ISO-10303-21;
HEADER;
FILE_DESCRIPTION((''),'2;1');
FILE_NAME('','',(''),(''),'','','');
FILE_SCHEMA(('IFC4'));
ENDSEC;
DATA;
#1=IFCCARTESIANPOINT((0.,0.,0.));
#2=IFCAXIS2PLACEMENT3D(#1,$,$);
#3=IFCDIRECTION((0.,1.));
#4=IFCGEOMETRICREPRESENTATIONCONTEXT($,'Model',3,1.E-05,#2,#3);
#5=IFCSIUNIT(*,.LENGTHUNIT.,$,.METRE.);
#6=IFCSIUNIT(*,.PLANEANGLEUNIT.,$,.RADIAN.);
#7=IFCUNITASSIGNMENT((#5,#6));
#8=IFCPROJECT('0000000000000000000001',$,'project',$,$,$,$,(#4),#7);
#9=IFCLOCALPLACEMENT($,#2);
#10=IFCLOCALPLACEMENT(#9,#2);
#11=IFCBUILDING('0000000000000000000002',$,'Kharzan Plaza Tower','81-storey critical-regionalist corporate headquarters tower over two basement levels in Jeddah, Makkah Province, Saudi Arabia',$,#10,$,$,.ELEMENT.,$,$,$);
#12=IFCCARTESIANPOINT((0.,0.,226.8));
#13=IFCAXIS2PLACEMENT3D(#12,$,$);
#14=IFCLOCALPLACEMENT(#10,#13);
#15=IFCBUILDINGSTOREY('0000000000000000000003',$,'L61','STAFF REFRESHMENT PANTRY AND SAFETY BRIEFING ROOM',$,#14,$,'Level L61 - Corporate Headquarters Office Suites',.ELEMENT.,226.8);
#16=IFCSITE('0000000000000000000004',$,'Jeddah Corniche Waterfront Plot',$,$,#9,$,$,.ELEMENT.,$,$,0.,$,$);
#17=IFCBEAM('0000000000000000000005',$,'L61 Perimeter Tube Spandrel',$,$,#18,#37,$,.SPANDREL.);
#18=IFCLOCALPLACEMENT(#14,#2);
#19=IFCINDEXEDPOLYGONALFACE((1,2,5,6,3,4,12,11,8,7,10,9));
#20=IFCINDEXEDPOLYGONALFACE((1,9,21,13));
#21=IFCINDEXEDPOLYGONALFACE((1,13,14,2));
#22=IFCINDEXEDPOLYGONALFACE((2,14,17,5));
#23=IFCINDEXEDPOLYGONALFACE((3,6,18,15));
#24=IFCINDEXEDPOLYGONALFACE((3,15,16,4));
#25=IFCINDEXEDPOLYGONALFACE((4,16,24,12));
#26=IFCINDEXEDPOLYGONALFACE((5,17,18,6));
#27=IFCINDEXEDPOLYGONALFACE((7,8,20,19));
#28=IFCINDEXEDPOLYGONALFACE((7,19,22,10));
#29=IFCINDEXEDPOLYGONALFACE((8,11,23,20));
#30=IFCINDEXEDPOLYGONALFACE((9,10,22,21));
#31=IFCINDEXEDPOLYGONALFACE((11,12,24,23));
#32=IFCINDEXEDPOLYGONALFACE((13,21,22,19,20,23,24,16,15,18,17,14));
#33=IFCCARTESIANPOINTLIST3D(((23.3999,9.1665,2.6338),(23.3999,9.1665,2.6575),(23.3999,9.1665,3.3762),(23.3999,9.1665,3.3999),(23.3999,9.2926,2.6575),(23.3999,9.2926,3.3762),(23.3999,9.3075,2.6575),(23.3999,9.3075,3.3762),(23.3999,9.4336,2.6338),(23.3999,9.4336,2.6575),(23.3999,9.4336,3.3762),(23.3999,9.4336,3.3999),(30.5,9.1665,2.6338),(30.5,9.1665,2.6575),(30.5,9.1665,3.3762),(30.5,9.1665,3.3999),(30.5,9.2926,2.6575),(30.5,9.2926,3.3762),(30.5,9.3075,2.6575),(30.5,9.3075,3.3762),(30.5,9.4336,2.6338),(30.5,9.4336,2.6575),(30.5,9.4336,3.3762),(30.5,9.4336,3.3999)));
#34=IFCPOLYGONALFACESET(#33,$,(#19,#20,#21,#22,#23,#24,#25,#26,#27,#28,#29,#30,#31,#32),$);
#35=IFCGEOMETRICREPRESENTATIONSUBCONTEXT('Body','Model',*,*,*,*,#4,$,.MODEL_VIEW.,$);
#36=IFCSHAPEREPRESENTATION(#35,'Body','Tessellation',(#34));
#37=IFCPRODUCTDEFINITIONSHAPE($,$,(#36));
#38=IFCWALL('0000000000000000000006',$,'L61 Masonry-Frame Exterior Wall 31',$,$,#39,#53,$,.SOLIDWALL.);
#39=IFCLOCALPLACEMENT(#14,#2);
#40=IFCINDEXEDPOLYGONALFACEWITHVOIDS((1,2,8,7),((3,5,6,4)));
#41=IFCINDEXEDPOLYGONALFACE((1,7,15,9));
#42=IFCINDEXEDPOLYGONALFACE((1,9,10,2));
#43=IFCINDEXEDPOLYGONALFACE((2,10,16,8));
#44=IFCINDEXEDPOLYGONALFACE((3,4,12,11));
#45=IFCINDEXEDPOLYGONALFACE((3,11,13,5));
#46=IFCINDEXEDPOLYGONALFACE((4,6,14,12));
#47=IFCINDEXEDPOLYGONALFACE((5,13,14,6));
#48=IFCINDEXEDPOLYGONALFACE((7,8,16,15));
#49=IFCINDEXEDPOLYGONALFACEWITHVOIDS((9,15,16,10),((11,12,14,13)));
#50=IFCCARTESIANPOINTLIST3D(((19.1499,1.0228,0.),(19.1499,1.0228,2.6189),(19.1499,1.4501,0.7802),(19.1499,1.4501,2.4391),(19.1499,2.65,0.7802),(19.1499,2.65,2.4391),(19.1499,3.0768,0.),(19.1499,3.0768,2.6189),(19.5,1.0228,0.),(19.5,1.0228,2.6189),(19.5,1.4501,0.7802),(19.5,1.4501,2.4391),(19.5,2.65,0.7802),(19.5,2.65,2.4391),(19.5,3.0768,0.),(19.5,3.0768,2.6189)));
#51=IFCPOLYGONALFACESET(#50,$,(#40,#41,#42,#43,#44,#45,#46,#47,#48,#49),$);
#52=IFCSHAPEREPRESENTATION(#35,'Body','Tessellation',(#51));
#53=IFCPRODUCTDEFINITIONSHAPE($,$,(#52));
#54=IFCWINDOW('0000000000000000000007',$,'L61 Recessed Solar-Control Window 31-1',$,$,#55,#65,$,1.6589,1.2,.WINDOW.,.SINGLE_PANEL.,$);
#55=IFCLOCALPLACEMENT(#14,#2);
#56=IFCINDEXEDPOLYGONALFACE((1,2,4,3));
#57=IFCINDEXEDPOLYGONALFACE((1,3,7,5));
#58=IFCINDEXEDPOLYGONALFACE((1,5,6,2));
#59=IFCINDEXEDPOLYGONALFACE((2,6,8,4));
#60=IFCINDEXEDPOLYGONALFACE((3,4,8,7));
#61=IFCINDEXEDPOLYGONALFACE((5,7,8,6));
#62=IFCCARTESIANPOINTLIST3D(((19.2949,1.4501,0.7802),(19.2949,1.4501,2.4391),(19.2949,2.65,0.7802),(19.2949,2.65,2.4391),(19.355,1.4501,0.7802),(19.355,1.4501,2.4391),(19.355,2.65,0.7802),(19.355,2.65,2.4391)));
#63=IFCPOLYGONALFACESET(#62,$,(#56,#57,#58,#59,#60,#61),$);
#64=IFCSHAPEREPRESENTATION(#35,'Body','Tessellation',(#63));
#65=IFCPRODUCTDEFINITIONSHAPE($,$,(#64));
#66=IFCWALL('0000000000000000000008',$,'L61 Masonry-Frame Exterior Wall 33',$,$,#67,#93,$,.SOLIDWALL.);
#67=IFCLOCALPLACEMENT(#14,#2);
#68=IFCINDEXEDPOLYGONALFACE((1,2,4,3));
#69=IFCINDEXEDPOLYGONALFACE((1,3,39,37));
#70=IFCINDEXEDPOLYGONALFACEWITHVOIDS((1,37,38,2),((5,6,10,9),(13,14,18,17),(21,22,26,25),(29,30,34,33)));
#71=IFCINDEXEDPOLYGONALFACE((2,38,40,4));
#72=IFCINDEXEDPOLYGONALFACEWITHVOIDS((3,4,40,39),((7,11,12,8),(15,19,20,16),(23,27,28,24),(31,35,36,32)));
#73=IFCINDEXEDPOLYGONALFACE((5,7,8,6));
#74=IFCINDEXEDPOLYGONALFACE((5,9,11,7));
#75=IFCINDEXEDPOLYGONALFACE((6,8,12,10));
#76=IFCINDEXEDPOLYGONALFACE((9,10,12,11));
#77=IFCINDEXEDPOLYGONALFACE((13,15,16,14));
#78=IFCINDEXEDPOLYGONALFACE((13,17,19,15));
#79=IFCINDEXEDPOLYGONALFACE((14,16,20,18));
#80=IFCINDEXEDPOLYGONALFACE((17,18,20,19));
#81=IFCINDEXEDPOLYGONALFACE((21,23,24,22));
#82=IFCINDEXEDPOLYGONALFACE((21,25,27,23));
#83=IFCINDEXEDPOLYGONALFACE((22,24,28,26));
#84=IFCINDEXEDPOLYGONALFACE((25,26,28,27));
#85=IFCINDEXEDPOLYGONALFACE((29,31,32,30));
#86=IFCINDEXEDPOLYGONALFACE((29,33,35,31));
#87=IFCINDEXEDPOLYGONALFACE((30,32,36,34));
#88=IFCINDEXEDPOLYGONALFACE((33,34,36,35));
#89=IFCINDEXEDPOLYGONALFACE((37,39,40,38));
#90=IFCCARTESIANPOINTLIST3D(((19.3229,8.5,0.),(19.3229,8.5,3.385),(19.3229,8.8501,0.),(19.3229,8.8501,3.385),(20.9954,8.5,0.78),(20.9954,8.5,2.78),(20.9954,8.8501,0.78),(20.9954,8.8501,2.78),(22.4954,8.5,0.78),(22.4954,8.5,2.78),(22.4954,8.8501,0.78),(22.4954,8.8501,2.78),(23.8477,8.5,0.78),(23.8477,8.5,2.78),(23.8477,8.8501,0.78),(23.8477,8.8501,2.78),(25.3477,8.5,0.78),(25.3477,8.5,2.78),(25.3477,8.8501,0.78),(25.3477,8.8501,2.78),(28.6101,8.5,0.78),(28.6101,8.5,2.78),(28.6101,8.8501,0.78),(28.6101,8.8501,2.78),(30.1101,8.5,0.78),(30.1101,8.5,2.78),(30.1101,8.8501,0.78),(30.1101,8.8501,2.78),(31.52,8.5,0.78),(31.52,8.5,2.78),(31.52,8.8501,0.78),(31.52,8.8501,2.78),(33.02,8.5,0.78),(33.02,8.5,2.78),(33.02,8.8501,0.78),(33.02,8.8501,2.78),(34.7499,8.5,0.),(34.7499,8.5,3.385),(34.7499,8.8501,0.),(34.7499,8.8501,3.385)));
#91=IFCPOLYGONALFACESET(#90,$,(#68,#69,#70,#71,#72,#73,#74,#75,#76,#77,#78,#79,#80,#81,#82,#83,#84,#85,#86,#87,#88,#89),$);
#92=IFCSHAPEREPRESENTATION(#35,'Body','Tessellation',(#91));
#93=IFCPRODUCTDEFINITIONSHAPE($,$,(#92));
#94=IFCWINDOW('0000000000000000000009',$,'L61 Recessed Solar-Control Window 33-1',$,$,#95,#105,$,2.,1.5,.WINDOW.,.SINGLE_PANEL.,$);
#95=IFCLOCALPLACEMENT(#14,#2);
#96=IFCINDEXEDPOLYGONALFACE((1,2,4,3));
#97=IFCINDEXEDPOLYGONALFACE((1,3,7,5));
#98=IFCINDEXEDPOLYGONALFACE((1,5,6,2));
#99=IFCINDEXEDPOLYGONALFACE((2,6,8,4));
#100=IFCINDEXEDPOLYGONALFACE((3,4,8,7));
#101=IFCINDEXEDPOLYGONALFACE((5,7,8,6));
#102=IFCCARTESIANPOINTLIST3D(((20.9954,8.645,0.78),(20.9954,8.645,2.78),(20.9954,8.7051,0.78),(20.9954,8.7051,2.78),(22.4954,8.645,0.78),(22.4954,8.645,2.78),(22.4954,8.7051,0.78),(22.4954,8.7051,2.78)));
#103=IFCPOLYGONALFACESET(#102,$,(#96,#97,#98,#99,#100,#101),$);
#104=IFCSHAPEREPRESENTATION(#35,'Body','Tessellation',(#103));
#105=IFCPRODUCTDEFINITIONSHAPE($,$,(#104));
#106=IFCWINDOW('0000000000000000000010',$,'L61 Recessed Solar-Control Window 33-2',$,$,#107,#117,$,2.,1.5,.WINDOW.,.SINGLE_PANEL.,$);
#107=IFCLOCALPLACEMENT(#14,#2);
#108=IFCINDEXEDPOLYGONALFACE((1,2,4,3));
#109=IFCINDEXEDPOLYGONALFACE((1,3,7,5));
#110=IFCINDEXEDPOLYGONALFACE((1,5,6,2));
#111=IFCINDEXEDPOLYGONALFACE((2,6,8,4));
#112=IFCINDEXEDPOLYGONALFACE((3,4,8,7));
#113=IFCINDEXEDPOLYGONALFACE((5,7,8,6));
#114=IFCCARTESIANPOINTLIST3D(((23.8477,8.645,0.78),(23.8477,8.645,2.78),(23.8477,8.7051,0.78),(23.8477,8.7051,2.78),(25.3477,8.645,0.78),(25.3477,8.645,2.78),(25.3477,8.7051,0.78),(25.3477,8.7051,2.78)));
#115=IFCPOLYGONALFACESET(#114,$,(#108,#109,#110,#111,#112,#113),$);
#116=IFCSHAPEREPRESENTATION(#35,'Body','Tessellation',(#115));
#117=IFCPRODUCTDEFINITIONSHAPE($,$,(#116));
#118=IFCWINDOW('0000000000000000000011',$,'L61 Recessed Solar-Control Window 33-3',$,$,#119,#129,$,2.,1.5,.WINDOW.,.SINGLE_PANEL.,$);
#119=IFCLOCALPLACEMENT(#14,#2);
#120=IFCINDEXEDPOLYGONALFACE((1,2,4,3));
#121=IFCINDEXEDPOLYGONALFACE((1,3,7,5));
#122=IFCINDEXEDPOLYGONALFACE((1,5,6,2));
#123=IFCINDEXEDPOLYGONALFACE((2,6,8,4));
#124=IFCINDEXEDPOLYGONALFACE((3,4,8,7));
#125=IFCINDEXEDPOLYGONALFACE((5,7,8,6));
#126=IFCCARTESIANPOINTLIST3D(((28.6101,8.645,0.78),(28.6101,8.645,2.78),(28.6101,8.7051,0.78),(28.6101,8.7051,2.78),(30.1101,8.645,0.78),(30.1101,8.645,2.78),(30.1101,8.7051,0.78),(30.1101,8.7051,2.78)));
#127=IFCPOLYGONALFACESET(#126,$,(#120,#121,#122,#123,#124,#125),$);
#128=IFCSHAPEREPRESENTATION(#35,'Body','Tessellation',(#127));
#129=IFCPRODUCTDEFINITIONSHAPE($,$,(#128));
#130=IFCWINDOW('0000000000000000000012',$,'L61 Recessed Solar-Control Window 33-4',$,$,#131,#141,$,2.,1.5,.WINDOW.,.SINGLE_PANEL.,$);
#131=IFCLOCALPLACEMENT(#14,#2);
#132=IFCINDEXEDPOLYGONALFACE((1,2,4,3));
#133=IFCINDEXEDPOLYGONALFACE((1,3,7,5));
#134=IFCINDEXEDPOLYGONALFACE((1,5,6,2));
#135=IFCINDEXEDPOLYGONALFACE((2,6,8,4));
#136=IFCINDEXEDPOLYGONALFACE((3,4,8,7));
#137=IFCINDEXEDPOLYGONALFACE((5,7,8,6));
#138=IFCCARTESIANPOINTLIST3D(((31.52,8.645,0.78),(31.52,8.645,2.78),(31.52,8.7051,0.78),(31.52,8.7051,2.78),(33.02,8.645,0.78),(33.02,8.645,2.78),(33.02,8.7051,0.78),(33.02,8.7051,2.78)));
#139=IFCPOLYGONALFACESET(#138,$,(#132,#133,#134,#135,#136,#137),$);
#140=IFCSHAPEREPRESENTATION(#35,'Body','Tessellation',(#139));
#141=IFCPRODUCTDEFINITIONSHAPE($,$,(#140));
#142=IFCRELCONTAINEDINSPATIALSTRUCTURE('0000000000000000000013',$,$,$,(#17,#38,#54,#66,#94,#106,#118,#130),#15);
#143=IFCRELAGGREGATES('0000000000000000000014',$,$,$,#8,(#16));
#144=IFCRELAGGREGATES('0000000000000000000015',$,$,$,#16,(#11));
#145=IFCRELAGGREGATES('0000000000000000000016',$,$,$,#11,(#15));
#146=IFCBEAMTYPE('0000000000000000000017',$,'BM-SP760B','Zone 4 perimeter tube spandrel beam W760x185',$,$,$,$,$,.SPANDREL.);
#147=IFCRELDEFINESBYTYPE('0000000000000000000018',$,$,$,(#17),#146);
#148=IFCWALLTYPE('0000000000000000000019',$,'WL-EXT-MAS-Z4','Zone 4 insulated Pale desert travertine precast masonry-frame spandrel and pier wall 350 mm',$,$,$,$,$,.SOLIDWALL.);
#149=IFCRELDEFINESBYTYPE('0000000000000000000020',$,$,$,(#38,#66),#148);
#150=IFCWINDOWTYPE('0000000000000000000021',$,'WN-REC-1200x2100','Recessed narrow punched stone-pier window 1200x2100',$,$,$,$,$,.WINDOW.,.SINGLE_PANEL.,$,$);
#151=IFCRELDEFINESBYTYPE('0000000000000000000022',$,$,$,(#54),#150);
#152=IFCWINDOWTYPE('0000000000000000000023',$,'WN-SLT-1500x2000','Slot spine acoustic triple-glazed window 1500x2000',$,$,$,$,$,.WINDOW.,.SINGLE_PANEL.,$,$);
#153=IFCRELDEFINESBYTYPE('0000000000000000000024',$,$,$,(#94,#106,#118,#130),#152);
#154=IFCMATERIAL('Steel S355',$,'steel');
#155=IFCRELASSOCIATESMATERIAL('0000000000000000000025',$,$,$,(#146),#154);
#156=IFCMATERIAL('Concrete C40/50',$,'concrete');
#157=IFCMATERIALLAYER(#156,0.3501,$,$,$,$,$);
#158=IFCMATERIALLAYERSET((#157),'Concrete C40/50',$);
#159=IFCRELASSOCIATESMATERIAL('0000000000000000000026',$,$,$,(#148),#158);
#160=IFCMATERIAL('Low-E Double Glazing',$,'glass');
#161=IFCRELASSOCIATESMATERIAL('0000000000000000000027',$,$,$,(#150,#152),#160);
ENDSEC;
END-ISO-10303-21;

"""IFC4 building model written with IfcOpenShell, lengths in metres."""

from ifc_helpers import new_model, si_unit, direction, frame, frame_2d, origin, origin_2d, place, context, subcontext, project, spatial, rectangle, i_section, extrude, source, transform, mapped, material, layer, layer_set, material_profile, profile_set, type_object, element, fill, save


model = new_model("IFC4")

# Units and contexts
model_context = context("Model", 3, precision=1e-05, world=origin(), true_north=direction((0.0, 1.0)))
body_context = subcontext(model_context, "Body", "Model", "MODEL_VIEW")
ifc_project = project(units=[si_unit("LENGTHUNIT", "METRE"), si_unit("PLANEANGLEUNIT", "RADIAN")], contexts=[model_context])

# Site, building, storey
site_placement = place(None, origin())
site = spatial("IfcSite", under=ifc_project, at=site_placement, Name="Jeddah Corniche Waterfront Plot", CompositionType="ELEMENT", RefElevation=0.0)
building_placement = place(site_placement, origin())
building = spatial("IfcBuilding", under=site, at=building_placement, Name="Kharzan Plaza Tower", Description="81-storey critical-regionalist corporate headquarters tower over two basement levels in Jeddah, Makkah Province, Saudi Arabia", CompositionType="ELEMENT")
storey_placement = place(building_placement, frame((0.0, 0.0, 226.8)))
storey = spatial("IfcBuildingStorey", under=building, at=storey_placement, Name="L61", Description="STAFF REFRESHMENT PANTRY AND SAFETY BRIEFING ROOM", LongName="Level L61 - Corporate Headquarters Office Suites", CompositionType="ELEMENT", Elevation=226.8)

# Beam
ifc_material_1 = material(Name="Steel S355", Category="steel")
ifc_material_profile_1 = material_profile(ifc_material_1, i_section(OverallWidth=0.2671, OverallDepth=0.7661, WebThickness=0.0149, FlangeThickness=0.0237, at=origin_2d()), Name="W760x185")
ifc_profile_set_1 = profile_set([ifc_material_profile_1], Name="Steel S355")
beam_type_1 = type_object("IfcBeamType", Name="BM-SP760B", Description="Zone 4 perimeter tube spandrel beam W760x185", PredefinedType="SPANDREL", material=ifc_profile_set_1)
shared_shape_1 = source(origin(), body_context, "Body", "SweptSolid", [
    extrude(i_section(OverallWidth=0.2671, OverallDepth=0.7661, WebThickness=0.0149, FlangeThickness=0.0237, at=origin_2d()), origin(), (0.0, 0.0, 1.0), 7.1001),
])
beam_1_placement = place(storey_placement, frame((23.3999, 9.3, 3.0168), z_axis=(1.0, 0.0, 0.0), x_axis=(0.0, 1.0, 0.0)))
element("IfcBeam", 1, at=beam_1_placement, inside=storey, type_object=beam_type_1, Name="L61 Perimeter Tube Spandrel", PredefinedType="SPANDREL", context=body_context, shape_type="MappedRepresentation", body=[
    mapped(shared_shape_1, transform((0.0, 0.0, 0.0), x_axis=(1.0, 0.0, 0.0), y_axis=(0.0, 1.0, 0.0), z_axis=(0.0, 0.0, 1.0))),
])

# Wall, opening, window
ifc_material_2 = material(Name="Concrete C40/50", Category="concrete")
ifc_layer_1 = layer(ifc_material_2, 0.3501)
ifc_layer_set_1 = layer_set([ifc_layer_1], Name="Concrete C40/50")
wall_type_1 = type_object("IfcWallType", Name="WL-EXT-MAS-Z4", Description="Zone 4 insulated Pale desert travertine precast masonry-frame spandrel and pier wall 350 mm", PredefinedType="SOLIDWALL", material=ifc_layer_set_1)
wall_1_placement = place(storey_placement, frame((19.325, 1.0229, 0.0), z_axis=(0.0, 0.0, 1.0), x_axis=(0.0, 1.0, 0.0)))
wall_1 = element("IfcWall", 2, at=wall_1_placement, inside=storey, type_object=wall_type_1, Name="L61 Masonry-Frame Exterior Wall 31", PredefinedType="SOLIDWALL", context=body_context, shape_type="SweptSolid", body=[
    extrude(rectangle(XDim=2.054, YDim=0.3501, at=frame_2d((1.0269, 0.0))), origin(), (0.0, 0.0, 1.0), 2.6189),
])
opening_1_placement = place(wall_1_placement, frame((0.427, 0.0, 0.78)))
opening_1 = element("IfcOpeningElement", 3, at=opening_1_placement, cuts=wall_1, PredefinedType="OPENING", context=body_context, shape_type="SweptSolid", body=[
    extrude(rectangle(XDim=1.2, YDim=1.6589, at=frame_2d((0.6001, 0.8296))), frame((0.0, 0.1851, 0.0), z_axis=(0.0, -1.0, 0.0), x_axis=(1.0, 0.0, 0.0)), (0.0, 0.0, 1.0), 0.3701),
])
ifc_material_3 = material(Name="Low-E Double Glazing", Category="glass")
window_type_1 = type_object("IfcWindowType", Name="WN-REC-1200x2100", Description="Recessed narrow punched stone-pier window 1200x2100", PartitioningType="SINGLE_PANEL", PredefinedType="WINDOW", material=ifc_material_3)
shared_shape_2 = source(origin(), body_context, "Body", "SweptSolid", [
    extrude(rectangle(XDim=1.2, YDim=1.6589, at=frame_2d((0.6001, 0.8296))), frame((0.0, 0.03, 0.0), z_axis=(0.0, -1.0, 0.0), x_axis=(1.0, 0.0, 0.0)), (0.0, 0.0, 1.0), 0.0601),
])
window_1_placement = place(opening_1_placement, origin())
window_1 = element("IfcWindow", 4, at=window_1_placement, inside=storey, type_object=window_type_1, Name="L61 Recessed Solar-Control Window 31-1", OverallHeight=1.6589, OverallWidth=1.2, PartitioningType="SINGLE_PANEL", PredefinedType="WINDOW", context=body_context, shape_type="MappedRepresentation", body=[
    mapped(shared_shape_2, transform((0.0, 0.0, 0.0), x_axis=(1.0, 0.0, 0.0), y_axis=(0.0, 1.0, 0.0), z_axis=(0.0, 0.0, 1.0))),
])
fill(opening_1, window_1)

# Wall, openings, windows
wall_2_placement = place(storey_placement, frame((19.323, 8.675, 0.0), z_axis=(0.0, 0.0, 1.0), x_axis=(1.0, 0.0, 0.0)))
wall_2 = element("IfcWall", 5, at=wall_2_placement, inside=storey, type_object=wall_type_1, Name="L61 Masonry-Frame Exterior Wall 33", PredefinedType="SOLIDWALL", context=body_context, shape_type="SweptSolid", body=[
    extrude(rectangle(XDim=15.427, YDim=0.3501, at=frame_2d((7.7134, 0.0))), origin(), (0.0, 0.0, 1.0), 3.385),
])
opening_2_placement = place(wall_2_placement, frame((1.6724, 0.0, 0.78)))
opening_2 = element("IfcOpeningElement", 6, at=opening_2_placement, cuts=wall_2, PredefinedType="OPENING", context=body_context, shape_type="SweptSolid", body=[
    extrude(rectangle(XDim=1.5, YDim=2.0, at=frame_2d((0.75, 1.0))), frame((0.0, 0.1851, 0.0), z_axis=(0.0, -1.0, 0.0), x_axis=(1.0, 0.0, 0.0)), (0.0, 0.0, 1.0), 0.3701),
])
opening_3_placement = place(wall_2_placement, frame((4.5247, 0.0, 0.78)))
opening_3 = element("IfcOpeningElement", 7, at=opening_3_placement, cuts=wall_2, PredefinedType="OPENING", context=body_context, shape_type="SweptSolid", body=[
    extrude(rectangle(XDim=1.5, YDim=2.0, at=frame_2d((0.75, 1.0))), frame((0.0, 0.1851, 0.0), z_axis=(0.0, -1.0, 0.0), x_axis=(1.0, 0.0, 0.0)), (0.0, 0.0, 1.0), 0.3701),
])
opening_4_placement = place(wall_2_placement, frame((9.2871, 0.0, 0.78)))
opening_4 = element("IfcOpeningElement", 8, at=opening_4_placement, cuts=wall_2, PredefinedType="OPENING", context=body_context, shape_type="SweptSolid", body=[
    extrude(rectangle(XDim=1.5, YDim=2.0, at=frame_2d((0.75, 1.0))), frame((0.0, 0.1851, 0.0), z_axis=(0.0, -1.0, 0.0), x_axis=(1.0, 0.0, 0.0)), (0.0, 0.0, 1.0), 0.3701),
])
opening_5_placement = place(wall_2_placement, frame((12.197, 0.0, 0.78)))
opening_5 = element("IfcOpeningElement", 9, at=opening_5_placement, cuts=wall_2, PredefinedType="OPENING", context=body_context, shape_type="SweptSolid", body=[
    extrude(rectangle(XDim=1.5, YDim=2.0, at=frame_2d((0.75, 1.0))), frame((0.0, 0.1851, 0.0), z_axis=(0.0, -1.0, 0.0), x_axis=(1.0, 0.0, 0.0)), (0.0, 0.0, 1.0), 0.3701),
])
window_type_2 = type_object("IfcWindowType", Name="WN-SLT-1500x2000", Description="Slot spine acoustic triple-glazed window 1500x2000", PartitioningType="SINGLE_PANEL", PredefinedType="WINDOW", material=ifc_material_3)
shared_shape_3 = source(origin(), body_context, "Body", "SweptSolid", [
    extrude(rectangle(XDim=1.5, YDim=2.0, at=frame_2d((0.75, 1.0))), frame((0.0, 0.03, 0.0), z_axis=(0.0, -1.0, 0.0), x_axis=(1.0, 0.0, 0.0)), (0.0, 0.0, 1.0), 0.0601),
])
window_2_placement = place(opening_2_placement, origin())
window_2 = element("IfcWindow", 10, at=window_2_placement, inside=storey, type_object=window_type_2, Name="L61 Recessed Solar-Control Window 33-1", OverallHeight=2.0, OverallWidth=1.5, PartitioningType="SINGLE_PANEL", PredefinedType="WINDOW", context=body_context, shape_type="MappedRepresentation", body=[
    mapped(shared_shape_3, transform((0.0, 0.0, 0.0), x_axis=(1.0, 0.0, 0.0), y_axis=(0.0, 1.0, 0.0), z_axis=(0.0, 0.0, 1.0))),
])
fill(opening_2, window_2)
window_3_placement = place(opening_3_placement, origin())
window_3 = element("IfcWindow", 11, at=window_3_placement, inside=storey, type_object=window_type_2, Name="L61 Recessed Solar-Control Window 33-2", OverallHeight=2.0, OverallWidth=1.5, PartitioningType="SINGLE_PANEL", PredefinedType="WINDOW", context=body_context, shape_type="MappedRepresentation", body=[
    mapped(shared_shape_3, transform((0.0, 0.0, 0.0), x_axis=(1.0, 0.0, 0.0), y_axis=(0.0, 1.0, 0.0), z_axis=(0.0, 0.0, 1.0))),
])
fill(opening_3, window_3)
window_4_placement = place(opening_4_placement, origin())
window_4 = element("IfcWindow", 12, at=window_4_placement, inside=storey, type_object=window_type_2, Name="L61 Recessed Solar-Control Window 33-3", OverallHeight=2.0, OverallWidth=1.5, PartitioningType="SINGLE_PANEL", PredefinedType="WINDOW", context=body_context, shape_type="MappedRepresentation", body=[
    mapped(shared_shape_3, transform((0.0, 0.0, 0.0), x_axis=(1.0, 0.0, 0.0), y_axis=(0.0, 1.0, 0.0), z_axis=(0.0, 0.0, 1.0))),
])
fill(opening_4, window_4)
window_5_placement = place(opening_5_placement, origin())
window_5 = element("IfcWindow", 13, at=window_5_placement, inside=storey, type_object=window_type_2, Name="L61 Recessed Solar-Control Window 33-4", OverallHeight=2.0, OverallWidth=1.5, PartitioningType="SINGLE_PANEL", PredefinedType="WINDOW", context=body_context, shape_type="MappedRepresentation", body=[
    mapped(shared_shape_3, transform((0.0, 0.0, 0.0), x_axis=(1.0, 0.0, 0.0), y_axis=(0.0, 1.0, 0.0), z_axis=(0.0, 0.0, 1.0))),
])
fill(opening_5, window_5)

save(model, "model.ifc")
